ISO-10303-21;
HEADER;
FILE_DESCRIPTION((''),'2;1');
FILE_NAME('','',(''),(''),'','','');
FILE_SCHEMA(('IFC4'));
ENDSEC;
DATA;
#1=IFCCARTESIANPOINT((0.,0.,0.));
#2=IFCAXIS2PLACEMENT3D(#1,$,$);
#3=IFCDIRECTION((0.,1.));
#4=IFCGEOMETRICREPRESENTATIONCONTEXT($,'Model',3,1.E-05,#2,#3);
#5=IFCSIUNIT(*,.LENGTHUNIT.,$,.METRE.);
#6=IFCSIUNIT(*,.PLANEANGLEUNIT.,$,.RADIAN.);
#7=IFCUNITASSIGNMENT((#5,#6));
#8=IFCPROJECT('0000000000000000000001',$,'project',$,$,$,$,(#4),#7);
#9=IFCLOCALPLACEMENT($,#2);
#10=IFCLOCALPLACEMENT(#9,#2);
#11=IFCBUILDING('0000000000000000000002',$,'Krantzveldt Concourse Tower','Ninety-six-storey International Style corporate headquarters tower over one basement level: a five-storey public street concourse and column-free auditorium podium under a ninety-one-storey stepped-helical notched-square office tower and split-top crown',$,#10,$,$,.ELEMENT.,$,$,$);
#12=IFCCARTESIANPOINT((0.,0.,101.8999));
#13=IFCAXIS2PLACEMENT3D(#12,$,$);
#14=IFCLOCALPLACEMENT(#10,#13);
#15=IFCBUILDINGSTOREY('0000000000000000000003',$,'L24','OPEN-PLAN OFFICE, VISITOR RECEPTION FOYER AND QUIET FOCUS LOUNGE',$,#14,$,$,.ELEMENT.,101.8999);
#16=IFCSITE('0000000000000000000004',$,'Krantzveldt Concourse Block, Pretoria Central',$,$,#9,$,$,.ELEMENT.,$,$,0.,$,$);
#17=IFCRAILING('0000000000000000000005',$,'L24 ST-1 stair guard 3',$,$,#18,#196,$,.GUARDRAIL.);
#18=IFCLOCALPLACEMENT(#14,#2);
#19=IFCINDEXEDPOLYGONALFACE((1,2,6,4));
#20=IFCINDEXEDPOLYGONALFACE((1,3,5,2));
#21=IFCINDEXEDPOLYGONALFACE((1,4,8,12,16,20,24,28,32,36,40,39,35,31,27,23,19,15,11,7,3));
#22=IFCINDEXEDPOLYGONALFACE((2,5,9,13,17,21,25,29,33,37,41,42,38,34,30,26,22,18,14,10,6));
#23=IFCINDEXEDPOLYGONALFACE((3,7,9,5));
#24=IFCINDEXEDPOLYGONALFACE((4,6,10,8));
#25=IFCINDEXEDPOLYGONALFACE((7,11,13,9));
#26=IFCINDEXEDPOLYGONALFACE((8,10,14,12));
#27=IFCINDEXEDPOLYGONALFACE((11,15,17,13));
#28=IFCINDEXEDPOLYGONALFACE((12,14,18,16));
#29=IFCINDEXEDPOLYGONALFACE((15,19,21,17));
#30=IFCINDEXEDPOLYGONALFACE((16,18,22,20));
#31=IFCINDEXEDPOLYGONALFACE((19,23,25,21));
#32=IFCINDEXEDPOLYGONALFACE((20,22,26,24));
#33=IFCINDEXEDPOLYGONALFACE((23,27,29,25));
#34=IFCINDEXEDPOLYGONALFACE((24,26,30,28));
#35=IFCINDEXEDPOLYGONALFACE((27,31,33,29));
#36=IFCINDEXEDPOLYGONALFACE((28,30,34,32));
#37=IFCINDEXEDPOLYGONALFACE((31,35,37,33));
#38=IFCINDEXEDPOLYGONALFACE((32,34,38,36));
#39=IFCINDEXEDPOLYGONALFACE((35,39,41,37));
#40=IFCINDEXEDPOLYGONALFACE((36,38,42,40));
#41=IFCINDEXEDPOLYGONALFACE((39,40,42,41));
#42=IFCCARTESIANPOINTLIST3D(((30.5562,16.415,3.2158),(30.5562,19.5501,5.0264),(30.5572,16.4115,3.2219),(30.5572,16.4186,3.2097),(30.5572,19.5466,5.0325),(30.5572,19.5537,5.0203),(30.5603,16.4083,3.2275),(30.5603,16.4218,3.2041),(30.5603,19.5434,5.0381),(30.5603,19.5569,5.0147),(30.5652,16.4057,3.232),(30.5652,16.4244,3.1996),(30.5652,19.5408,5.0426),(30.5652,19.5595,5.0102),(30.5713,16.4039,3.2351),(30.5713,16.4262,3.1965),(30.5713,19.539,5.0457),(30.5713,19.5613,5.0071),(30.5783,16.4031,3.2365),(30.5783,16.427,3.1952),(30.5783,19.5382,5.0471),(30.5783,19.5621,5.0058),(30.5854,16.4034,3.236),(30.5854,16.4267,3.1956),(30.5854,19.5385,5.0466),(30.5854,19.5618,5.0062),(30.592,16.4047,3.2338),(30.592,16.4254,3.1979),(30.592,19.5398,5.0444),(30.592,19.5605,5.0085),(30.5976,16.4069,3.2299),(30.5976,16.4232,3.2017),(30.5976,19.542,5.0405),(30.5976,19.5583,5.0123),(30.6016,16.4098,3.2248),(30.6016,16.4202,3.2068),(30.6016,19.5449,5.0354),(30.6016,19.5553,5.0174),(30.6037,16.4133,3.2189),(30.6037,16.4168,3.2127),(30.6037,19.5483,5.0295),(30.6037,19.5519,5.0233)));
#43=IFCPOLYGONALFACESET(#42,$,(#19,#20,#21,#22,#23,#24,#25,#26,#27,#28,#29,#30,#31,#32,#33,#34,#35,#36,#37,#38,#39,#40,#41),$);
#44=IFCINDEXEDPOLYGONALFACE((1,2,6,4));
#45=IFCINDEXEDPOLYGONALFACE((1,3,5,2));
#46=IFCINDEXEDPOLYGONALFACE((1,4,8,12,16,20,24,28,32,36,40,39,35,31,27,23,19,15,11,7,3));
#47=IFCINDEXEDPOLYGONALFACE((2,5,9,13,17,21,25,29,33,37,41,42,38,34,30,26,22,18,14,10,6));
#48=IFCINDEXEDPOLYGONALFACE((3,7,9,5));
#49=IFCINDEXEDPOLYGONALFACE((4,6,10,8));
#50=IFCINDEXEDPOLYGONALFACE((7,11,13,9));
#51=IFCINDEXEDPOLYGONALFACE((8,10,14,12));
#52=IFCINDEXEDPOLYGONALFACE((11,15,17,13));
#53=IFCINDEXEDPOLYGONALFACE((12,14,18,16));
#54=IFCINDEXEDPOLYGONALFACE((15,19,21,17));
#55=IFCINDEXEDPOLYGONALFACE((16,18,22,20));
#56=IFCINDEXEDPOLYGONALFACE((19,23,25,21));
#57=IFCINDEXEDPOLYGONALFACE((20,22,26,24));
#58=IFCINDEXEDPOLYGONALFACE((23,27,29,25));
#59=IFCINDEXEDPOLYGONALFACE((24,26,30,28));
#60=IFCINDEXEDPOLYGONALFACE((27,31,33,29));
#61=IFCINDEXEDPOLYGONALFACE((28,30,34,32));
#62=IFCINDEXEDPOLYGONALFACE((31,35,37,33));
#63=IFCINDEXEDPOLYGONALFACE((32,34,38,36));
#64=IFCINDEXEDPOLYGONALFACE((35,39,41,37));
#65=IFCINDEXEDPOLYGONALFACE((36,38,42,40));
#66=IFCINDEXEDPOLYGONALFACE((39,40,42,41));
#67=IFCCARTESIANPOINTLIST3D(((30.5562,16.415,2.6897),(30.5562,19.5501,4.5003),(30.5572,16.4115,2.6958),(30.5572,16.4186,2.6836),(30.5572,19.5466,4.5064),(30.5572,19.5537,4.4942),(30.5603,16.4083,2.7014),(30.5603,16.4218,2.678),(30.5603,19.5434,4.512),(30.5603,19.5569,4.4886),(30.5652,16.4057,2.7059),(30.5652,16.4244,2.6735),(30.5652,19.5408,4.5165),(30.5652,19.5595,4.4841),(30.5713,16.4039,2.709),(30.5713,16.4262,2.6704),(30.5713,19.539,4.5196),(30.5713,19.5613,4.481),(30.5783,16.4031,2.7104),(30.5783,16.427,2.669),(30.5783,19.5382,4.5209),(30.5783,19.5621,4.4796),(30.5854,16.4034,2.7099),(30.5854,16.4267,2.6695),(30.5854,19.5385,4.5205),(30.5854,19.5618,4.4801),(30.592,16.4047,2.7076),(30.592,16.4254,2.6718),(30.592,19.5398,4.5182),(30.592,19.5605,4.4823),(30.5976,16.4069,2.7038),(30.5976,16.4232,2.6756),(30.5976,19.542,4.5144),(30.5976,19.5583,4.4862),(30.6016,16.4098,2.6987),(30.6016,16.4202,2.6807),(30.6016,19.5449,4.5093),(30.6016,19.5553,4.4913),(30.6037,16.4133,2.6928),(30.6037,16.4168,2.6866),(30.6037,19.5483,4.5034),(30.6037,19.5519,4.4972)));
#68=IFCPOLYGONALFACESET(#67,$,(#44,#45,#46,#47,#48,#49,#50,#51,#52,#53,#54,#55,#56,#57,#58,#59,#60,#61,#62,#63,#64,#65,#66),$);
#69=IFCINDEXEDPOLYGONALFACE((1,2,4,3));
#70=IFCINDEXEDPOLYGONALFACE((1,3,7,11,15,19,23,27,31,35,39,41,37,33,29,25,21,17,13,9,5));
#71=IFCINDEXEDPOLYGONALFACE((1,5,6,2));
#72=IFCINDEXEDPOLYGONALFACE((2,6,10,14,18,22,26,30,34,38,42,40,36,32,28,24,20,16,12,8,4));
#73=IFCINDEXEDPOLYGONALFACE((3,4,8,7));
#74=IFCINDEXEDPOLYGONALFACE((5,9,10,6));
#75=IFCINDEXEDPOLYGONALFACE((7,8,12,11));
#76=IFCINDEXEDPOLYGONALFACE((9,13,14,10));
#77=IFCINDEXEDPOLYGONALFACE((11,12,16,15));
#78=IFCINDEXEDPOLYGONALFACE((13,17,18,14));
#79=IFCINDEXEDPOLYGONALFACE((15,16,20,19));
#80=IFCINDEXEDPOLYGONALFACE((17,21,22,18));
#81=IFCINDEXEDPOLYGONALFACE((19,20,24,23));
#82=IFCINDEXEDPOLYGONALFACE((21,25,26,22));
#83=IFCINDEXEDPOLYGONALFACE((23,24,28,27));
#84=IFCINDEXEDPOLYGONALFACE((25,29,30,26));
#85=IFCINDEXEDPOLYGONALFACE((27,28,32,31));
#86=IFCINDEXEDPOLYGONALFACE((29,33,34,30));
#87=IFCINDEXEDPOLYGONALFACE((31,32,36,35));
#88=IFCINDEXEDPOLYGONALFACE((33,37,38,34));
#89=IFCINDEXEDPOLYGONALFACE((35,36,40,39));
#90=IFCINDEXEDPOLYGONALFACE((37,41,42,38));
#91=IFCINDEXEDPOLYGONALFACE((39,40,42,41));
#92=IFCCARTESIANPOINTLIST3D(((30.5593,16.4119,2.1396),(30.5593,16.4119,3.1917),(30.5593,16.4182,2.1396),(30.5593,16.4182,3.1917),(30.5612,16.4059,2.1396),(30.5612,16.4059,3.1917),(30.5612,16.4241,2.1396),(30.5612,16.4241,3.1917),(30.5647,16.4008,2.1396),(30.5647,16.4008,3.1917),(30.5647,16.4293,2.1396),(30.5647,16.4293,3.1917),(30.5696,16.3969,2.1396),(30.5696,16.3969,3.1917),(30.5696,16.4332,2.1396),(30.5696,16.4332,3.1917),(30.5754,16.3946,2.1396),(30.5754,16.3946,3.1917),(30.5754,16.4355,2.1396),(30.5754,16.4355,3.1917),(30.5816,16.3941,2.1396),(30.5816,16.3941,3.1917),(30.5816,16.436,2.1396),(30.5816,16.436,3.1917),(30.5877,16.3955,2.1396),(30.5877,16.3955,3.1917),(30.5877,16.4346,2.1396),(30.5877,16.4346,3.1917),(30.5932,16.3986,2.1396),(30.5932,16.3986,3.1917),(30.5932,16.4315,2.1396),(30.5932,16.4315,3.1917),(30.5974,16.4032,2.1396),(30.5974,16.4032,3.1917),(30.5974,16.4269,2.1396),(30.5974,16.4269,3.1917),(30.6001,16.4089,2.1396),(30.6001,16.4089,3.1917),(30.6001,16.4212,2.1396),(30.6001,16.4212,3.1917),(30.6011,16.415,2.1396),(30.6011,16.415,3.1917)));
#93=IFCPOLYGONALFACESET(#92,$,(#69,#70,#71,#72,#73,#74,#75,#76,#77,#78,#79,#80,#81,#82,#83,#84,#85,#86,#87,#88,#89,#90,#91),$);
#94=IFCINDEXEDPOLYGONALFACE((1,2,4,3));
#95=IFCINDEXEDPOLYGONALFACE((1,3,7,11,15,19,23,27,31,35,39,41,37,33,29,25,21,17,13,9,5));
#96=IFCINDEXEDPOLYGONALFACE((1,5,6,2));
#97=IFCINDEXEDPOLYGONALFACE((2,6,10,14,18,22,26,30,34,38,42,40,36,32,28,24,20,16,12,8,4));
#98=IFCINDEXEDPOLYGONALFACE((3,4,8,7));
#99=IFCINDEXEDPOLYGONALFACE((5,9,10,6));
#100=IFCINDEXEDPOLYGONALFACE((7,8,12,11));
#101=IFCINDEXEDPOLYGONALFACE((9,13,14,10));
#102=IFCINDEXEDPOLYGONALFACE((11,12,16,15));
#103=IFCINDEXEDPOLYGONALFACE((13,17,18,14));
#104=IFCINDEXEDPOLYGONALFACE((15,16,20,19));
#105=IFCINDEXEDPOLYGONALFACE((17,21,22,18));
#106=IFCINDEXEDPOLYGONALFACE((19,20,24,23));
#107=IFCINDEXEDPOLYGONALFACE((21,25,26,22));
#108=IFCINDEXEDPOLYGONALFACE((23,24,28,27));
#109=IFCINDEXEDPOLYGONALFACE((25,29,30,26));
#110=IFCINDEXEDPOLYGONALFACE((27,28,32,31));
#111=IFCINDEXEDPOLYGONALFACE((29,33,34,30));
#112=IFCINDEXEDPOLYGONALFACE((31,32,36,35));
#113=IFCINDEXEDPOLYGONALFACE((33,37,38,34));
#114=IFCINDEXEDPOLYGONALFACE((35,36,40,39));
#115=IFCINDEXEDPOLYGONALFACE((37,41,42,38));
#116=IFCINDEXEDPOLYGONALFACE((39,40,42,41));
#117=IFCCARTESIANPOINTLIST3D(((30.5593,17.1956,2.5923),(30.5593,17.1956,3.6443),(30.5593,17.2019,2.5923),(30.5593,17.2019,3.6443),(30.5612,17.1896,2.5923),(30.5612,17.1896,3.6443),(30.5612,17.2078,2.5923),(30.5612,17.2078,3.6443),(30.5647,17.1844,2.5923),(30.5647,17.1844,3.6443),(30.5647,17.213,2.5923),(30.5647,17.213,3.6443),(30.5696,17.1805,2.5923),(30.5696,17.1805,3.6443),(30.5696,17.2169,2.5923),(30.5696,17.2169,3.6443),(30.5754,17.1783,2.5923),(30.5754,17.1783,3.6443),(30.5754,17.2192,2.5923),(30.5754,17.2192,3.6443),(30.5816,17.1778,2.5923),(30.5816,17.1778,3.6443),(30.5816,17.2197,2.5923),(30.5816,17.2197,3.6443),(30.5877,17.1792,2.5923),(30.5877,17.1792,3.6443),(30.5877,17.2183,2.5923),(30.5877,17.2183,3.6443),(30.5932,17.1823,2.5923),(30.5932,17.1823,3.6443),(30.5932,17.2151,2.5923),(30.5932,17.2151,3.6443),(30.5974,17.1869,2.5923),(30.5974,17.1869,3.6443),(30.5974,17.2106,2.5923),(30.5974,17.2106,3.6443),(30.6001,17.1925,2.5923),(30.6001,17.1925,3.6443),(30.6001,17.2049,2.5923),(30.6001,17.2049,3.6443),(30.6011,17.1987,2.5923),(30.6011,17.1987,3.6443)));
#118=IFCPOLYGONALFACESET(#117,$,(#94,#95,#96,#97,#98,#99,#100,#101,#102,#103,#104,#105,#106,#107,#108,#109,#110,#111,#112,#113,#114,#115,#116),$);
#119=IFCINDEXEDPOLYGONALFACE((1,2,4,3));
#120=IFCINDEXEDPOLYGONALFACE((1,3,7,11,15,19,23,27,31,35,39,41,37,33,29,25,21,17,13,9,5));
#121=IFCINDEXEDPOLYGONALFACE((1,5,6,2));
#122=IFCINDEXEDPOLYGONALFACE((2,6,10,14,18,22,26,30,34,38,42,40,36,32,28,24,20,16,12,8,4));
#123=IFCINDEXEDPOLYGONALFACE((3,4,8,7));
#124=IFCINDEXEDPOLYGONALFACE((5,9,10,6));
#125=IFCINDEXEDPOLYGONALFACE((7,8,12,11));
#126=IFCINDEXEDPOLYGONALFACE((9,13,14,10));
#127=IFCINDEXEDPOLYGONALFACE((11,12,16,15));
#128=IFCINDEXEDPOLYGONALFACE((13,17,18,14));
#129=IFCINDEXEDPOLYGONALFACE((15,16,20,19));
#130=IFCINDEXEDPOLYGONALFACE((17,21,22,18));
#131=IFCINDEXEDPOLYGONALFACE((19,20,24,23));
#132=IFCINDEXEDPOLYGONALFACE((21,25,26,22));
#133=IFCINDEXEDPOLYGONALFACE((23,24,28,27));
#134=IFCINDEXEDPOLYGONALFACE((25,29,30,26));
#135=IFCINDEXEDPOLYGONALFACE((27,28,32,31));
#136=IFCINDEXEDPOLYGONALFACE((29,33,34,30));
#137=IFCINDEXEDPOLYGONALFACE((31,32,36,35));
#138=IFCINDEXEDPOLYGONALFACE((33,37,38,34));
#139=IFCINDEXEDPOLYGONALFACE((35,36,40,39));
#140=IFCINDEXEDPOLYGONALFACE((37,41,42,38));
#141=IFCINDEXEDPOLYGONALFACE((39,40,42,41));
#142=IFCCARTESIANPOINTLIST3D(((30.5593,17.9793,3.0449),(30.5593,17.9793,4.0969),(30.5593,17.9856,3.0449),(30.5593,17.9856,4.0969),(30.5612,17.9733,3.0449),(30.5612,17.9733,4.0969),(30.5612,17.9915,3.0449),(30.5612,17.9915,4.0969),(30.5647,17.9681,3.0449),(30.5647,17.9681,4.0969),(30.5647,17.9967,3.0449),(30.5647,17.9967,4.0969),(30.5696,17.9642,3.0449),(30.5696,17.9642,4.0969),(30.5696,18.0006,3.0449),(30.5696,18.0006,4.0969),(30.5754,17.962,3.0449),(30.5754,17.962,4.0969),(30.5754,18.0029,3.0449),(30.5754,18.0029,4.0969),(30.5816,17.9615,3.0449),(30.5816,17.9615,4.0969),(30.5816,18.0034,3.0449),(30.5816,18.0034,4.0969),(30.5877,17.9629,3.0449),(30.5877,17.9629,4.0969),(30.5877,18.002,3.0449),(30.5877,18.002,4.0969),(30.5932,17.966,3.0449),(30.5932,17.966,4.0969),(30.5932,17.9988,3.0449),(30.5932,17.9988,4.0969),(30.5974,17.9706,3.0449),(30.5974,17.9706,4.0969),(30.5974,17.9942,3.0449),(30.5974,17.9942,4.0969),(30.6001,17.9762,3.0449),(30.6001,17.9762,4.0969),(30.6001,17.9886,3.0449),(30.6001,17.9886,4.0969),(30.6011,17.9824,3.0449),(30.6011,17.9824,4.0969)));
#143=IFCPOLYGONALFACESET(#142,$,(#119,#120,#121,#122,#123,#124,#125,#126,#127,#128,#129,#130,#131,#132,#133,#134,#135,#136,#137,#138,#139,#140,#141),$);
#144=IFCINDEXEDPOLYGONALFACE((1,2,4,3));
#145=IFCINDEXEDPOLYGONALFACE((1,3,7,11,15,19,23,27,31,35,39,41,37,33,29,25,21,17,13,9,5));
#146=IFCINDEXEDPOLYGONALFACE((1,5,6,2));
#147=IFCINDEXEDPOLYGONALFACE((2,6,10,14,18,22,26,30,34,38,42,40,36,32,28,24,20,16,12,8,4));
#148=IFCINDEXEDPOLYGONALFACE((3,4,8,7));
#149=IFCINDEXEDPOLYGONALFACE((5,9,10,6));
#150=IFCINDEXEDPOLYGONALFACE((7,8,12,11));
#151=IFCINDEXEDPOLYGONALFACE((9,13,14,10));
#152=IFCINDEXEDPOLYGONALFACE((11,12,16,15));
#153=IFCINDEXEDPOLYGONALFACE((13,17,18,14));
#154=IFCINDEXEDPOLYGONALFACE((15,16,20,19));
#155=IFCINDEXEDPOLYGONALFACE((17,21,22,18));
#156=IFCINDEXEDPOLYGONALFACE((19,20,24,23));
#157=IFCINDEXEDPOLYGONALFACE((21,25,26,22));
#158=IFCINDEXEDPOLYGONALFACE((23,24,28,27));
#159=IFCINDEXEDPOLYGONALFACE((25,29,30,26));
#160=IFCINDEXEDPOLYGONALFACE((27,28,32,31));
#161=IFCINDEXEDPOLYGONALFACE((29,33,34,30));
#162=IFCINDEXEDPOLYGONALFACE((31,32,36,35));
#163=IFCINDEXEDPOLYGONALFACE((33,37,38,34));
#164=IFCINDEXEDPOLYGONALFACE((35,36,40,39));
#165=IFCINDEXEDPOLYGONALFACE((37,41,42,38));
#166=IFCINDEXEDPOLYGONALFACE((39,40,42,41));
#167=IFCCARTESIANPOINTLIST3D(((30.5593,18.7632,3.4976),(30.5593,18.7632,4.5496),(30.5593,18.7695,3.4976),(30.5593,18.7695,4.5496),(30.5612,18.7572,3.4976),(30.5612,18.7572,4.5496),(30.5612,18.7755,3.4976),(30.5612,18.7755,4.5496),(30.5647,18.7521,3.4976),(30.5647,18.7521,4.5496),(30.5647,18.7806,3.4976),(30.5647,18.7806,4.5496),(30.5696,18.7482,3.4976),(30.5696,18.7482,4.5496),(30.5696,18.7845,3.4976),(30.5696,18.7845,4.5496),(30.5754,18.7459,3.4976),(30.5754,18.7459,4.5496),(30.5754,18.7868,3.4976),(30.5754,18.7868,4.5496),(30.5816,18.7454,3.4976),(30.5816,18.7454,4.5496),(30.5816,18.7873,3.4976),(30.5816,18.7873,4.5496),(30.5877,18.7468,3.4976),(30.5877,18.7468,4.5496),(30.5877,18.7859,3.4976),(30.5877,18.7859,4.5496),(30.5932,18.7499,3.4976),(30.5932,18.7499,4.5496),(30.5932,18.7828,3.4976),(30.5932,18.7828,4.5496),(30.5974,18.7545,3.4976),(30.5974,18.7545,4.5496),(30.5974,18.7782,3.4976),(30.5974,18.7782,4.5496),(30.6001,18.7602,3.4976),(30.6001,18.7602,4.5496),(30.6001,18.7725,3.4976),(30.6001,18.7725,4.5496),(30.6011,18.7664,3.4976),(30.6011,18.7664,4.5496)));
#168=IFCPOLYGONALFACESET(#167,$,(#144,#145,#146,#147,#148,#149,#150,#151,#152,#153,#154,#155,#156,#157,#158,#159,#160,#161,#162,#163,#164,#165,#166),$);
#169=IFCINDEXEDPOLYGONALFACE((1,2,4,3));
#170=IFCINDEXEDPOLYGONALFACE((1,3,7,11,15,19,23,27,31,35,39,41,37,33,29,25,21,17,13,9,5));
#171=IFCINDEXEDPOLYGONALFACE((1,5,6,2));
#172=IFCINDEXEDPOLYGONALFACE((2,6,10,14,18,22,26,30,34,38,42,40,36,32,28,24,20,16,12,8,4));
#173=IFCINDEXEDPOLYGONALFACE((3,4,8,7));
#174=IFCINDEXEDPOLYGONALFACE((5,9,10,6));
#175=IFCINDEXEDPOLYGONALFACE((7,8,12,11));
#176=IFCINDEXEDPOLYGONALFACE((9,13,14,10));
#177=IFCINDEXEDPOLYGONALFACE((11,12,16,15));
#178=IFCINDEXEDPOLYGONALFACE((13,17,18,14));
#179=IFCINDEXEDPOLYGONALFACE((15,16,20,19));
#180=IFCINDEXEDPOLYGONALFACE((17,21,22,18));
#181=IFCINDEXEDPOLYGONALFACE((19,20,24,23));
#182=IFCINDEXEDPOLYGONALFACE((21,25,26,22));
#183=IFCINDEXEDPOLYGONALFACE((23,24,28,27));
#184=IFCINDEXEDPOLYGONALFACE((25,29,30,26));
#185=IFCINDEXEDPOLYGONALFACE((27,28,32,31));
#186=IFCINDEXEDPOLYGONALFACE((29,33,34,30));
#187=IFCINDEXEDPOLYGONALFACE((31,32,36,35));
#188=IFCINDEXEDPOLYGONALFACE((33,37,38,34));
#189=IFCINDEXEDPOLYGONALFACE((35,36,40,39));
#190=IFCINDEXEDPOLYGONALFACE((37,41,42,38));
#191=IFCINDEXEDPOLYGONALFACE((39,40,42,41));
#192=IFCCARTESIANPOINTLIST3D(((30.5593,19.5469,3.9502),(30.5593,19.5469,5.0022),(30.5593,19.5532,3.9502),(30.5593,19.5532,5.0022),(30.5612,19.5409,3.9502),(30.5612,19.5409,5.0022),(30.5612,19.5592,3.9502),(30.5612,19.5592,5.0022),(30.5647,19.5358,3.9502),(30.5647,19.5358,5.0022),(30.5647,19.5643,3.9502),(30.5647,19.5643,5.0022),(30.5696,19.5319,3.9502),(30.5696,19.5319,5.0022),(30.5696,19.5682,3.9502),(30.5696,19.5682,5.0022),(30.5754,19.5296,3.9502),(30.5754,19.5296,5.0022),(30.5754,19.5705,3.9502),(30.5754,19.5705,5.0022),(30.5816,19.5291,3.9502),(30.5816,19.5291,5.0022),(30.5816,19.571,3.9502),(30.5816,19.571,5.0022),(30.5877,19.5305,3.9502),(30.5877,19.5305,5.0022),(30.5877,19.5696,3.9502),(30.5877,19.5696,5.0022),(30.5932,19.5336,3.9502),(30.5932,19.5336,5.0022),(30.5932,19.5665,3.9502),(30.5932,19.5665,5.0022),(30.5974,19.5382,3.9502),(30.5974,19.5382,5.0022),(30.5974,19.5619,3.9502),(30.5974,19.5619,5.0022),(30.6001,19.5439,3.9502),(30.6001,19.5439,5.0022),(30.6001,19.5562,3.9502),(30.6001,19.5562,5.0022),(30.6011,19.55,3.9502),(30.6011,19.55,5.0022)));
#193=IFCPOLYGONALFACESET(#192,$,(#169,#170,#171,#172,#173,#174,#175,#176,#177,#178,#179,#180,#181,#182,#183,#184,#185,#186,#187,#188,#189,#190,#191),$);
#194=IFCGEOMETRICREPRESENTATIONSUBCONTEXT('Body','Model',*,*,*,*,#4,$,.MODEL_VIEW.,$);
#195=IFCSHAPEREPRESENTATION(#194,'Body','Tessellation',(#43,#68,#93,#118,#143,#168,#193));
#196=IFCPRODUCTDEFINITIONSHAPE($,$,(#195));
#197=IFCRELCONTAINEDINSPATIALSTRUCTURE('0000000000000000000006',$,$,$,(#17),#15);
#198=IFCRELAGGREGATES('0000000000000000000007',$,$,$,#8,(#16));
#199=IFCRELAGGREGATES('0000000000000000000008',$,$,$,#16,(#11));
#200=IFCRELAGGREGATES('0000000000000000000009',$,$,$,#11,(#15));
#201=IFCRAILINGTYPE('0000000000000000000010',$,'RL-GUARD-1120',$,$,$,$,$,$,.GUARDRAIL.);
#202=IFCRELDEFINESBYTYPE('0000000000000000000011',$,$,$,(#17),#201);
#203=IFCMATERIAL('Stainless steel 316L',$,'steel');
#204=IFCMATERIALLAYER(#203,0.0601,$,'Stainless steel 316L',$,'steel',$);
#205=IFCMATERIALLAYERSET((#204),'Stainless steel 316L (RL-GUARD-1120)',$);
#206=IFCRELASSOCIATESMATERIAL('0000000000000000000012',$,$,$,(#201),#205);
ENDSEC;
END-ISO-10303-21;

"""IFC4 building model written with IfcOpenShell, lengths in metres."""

from ifc_helpers import new_model, si_unit, direction, frame, origin, origin_2d, place, context, subcontext, project, spatial, circle, extrude, material, layer, layer_set, type_object, element, save


model = new_model("IFC4")

# Units and contexts
model_context = context("Model", 3, precision=1e-05, world=origin(), true_north=direction((0.0, 1.0)))
body_context = subcontext(model_context, "Body", "Model", "MODEL_VIEW")
ifc_project = project(units=[si_unit("LENGTHUNIT", "METRE"), si_unit("PLANEANGLEUNIT", "RADIAN")], contexts=[model_context])

# Site, building, storey
site_placement = place(None, origin())
site = spatial("IfcSite", under=ifc_project, at=site_placement, Name="Krantzveldt Concourse Block, Pretoria Central", CompositionType="ELEMENT", RefElevation=0.0)
building_placement = place(site_placement, origin())
building = spatial("IfcBuilding", under=site, at=building_placement, Name="Krantzveldt Concourse Tower", Description="Ninety-six-storey International Style corporate headquarters tower over one basement level: a five-storey public street concourse and column-free auditorium podium under a ninety-one-storey stepped-helical notched-square office tower and split-top crown", CompositionType="ELEMENT")
storey_placement = place(building_placement, frame((0.0, 0.0, 101.8999)))
storey = spatial("IfcBuildingStorey", under=building, at=storey_placement, Name="L24", Description="OPEN-PLAN OFFICE, VISITOR RECEPTION FOYER AND QUIET FOCUS LOUNGE", CompositionType="ELEMENT", Elevation=101.8999)

# Railing
ifc_material_1 = material(Name="Stainless steel 316L", Category="steel")
ifc_layer_1 = layer(ifc_material_1, 0.0601, Name="Stainless steel 316L", Category="steel")
ifc_layer_set_1 = layer_set([ifc_layer_1], Name="Stainless steel 316L (RL-GUARD-1120)")
railing_type_1 = type_object("IfcRailingType", Name="RL-GUARD-1120", PredefinedType="GUARDRAIL", material=ifc_layer_set_1)
railing_1_placement = place(storey_placement, frame((30.5801, 16.415, 2.1396)))
element("IfcRailing", 1, at=railing_1_placement, inside=storey, type_object=railing_type_1, Name="L24 ST-1 stair guard 3", PredefinedType="GUARDRAIL", context=body_context, shape_type="SweptSolid", body=[
    extrude(circle(Radius=0.0239, at=origin_2d()), frame((0.0, 0.0, 1.0762), z_axis=(0.0, 0.86596, 0.500114), x_axis=(-1.0, 0.0, 0.0)), (0.0, 0.0, 1.0), 3.6204),
    extrude(circle(Radius=0.0239, at=origin_2d()), frame((0.0, 0.0, 0.55), z_axis=(0.0, 0.86596, 0.500114), x_axis=(-1.0, 0.0, 0.0)), (0.0, 0.0, 1.0), 3.6204),
    extrude(circle(Radius=0.021, at=origin_2d()), origin(), (0.0, 0.0, 1.0), 1.052),
    extrude(circle(Radius=0.021, at=origin_2d()), frame((0.0, 0.7837, 0.4526)), (0.0, 0.0, 1.0), 1.052),
    extrude(circle(Radius=0.021, at=origin_2d()), frame((0.0, 1.5674, 0.9053)), (0.0, 0.0, 1.0), 1.052),
    extrude(circle(Radius=0.021, at=origin_2d()), frame((0.0, 2.3513, 1.3579)), (0.0, 0.0, 1.0), 1.052),
    extrude(circle(Radius=0.021, at=origin_2d()), frame((0.0, 3.135, 1.8105)), (0.0, 0.0, 1.0), 1.052),
])

save(model, "model.ifc")
